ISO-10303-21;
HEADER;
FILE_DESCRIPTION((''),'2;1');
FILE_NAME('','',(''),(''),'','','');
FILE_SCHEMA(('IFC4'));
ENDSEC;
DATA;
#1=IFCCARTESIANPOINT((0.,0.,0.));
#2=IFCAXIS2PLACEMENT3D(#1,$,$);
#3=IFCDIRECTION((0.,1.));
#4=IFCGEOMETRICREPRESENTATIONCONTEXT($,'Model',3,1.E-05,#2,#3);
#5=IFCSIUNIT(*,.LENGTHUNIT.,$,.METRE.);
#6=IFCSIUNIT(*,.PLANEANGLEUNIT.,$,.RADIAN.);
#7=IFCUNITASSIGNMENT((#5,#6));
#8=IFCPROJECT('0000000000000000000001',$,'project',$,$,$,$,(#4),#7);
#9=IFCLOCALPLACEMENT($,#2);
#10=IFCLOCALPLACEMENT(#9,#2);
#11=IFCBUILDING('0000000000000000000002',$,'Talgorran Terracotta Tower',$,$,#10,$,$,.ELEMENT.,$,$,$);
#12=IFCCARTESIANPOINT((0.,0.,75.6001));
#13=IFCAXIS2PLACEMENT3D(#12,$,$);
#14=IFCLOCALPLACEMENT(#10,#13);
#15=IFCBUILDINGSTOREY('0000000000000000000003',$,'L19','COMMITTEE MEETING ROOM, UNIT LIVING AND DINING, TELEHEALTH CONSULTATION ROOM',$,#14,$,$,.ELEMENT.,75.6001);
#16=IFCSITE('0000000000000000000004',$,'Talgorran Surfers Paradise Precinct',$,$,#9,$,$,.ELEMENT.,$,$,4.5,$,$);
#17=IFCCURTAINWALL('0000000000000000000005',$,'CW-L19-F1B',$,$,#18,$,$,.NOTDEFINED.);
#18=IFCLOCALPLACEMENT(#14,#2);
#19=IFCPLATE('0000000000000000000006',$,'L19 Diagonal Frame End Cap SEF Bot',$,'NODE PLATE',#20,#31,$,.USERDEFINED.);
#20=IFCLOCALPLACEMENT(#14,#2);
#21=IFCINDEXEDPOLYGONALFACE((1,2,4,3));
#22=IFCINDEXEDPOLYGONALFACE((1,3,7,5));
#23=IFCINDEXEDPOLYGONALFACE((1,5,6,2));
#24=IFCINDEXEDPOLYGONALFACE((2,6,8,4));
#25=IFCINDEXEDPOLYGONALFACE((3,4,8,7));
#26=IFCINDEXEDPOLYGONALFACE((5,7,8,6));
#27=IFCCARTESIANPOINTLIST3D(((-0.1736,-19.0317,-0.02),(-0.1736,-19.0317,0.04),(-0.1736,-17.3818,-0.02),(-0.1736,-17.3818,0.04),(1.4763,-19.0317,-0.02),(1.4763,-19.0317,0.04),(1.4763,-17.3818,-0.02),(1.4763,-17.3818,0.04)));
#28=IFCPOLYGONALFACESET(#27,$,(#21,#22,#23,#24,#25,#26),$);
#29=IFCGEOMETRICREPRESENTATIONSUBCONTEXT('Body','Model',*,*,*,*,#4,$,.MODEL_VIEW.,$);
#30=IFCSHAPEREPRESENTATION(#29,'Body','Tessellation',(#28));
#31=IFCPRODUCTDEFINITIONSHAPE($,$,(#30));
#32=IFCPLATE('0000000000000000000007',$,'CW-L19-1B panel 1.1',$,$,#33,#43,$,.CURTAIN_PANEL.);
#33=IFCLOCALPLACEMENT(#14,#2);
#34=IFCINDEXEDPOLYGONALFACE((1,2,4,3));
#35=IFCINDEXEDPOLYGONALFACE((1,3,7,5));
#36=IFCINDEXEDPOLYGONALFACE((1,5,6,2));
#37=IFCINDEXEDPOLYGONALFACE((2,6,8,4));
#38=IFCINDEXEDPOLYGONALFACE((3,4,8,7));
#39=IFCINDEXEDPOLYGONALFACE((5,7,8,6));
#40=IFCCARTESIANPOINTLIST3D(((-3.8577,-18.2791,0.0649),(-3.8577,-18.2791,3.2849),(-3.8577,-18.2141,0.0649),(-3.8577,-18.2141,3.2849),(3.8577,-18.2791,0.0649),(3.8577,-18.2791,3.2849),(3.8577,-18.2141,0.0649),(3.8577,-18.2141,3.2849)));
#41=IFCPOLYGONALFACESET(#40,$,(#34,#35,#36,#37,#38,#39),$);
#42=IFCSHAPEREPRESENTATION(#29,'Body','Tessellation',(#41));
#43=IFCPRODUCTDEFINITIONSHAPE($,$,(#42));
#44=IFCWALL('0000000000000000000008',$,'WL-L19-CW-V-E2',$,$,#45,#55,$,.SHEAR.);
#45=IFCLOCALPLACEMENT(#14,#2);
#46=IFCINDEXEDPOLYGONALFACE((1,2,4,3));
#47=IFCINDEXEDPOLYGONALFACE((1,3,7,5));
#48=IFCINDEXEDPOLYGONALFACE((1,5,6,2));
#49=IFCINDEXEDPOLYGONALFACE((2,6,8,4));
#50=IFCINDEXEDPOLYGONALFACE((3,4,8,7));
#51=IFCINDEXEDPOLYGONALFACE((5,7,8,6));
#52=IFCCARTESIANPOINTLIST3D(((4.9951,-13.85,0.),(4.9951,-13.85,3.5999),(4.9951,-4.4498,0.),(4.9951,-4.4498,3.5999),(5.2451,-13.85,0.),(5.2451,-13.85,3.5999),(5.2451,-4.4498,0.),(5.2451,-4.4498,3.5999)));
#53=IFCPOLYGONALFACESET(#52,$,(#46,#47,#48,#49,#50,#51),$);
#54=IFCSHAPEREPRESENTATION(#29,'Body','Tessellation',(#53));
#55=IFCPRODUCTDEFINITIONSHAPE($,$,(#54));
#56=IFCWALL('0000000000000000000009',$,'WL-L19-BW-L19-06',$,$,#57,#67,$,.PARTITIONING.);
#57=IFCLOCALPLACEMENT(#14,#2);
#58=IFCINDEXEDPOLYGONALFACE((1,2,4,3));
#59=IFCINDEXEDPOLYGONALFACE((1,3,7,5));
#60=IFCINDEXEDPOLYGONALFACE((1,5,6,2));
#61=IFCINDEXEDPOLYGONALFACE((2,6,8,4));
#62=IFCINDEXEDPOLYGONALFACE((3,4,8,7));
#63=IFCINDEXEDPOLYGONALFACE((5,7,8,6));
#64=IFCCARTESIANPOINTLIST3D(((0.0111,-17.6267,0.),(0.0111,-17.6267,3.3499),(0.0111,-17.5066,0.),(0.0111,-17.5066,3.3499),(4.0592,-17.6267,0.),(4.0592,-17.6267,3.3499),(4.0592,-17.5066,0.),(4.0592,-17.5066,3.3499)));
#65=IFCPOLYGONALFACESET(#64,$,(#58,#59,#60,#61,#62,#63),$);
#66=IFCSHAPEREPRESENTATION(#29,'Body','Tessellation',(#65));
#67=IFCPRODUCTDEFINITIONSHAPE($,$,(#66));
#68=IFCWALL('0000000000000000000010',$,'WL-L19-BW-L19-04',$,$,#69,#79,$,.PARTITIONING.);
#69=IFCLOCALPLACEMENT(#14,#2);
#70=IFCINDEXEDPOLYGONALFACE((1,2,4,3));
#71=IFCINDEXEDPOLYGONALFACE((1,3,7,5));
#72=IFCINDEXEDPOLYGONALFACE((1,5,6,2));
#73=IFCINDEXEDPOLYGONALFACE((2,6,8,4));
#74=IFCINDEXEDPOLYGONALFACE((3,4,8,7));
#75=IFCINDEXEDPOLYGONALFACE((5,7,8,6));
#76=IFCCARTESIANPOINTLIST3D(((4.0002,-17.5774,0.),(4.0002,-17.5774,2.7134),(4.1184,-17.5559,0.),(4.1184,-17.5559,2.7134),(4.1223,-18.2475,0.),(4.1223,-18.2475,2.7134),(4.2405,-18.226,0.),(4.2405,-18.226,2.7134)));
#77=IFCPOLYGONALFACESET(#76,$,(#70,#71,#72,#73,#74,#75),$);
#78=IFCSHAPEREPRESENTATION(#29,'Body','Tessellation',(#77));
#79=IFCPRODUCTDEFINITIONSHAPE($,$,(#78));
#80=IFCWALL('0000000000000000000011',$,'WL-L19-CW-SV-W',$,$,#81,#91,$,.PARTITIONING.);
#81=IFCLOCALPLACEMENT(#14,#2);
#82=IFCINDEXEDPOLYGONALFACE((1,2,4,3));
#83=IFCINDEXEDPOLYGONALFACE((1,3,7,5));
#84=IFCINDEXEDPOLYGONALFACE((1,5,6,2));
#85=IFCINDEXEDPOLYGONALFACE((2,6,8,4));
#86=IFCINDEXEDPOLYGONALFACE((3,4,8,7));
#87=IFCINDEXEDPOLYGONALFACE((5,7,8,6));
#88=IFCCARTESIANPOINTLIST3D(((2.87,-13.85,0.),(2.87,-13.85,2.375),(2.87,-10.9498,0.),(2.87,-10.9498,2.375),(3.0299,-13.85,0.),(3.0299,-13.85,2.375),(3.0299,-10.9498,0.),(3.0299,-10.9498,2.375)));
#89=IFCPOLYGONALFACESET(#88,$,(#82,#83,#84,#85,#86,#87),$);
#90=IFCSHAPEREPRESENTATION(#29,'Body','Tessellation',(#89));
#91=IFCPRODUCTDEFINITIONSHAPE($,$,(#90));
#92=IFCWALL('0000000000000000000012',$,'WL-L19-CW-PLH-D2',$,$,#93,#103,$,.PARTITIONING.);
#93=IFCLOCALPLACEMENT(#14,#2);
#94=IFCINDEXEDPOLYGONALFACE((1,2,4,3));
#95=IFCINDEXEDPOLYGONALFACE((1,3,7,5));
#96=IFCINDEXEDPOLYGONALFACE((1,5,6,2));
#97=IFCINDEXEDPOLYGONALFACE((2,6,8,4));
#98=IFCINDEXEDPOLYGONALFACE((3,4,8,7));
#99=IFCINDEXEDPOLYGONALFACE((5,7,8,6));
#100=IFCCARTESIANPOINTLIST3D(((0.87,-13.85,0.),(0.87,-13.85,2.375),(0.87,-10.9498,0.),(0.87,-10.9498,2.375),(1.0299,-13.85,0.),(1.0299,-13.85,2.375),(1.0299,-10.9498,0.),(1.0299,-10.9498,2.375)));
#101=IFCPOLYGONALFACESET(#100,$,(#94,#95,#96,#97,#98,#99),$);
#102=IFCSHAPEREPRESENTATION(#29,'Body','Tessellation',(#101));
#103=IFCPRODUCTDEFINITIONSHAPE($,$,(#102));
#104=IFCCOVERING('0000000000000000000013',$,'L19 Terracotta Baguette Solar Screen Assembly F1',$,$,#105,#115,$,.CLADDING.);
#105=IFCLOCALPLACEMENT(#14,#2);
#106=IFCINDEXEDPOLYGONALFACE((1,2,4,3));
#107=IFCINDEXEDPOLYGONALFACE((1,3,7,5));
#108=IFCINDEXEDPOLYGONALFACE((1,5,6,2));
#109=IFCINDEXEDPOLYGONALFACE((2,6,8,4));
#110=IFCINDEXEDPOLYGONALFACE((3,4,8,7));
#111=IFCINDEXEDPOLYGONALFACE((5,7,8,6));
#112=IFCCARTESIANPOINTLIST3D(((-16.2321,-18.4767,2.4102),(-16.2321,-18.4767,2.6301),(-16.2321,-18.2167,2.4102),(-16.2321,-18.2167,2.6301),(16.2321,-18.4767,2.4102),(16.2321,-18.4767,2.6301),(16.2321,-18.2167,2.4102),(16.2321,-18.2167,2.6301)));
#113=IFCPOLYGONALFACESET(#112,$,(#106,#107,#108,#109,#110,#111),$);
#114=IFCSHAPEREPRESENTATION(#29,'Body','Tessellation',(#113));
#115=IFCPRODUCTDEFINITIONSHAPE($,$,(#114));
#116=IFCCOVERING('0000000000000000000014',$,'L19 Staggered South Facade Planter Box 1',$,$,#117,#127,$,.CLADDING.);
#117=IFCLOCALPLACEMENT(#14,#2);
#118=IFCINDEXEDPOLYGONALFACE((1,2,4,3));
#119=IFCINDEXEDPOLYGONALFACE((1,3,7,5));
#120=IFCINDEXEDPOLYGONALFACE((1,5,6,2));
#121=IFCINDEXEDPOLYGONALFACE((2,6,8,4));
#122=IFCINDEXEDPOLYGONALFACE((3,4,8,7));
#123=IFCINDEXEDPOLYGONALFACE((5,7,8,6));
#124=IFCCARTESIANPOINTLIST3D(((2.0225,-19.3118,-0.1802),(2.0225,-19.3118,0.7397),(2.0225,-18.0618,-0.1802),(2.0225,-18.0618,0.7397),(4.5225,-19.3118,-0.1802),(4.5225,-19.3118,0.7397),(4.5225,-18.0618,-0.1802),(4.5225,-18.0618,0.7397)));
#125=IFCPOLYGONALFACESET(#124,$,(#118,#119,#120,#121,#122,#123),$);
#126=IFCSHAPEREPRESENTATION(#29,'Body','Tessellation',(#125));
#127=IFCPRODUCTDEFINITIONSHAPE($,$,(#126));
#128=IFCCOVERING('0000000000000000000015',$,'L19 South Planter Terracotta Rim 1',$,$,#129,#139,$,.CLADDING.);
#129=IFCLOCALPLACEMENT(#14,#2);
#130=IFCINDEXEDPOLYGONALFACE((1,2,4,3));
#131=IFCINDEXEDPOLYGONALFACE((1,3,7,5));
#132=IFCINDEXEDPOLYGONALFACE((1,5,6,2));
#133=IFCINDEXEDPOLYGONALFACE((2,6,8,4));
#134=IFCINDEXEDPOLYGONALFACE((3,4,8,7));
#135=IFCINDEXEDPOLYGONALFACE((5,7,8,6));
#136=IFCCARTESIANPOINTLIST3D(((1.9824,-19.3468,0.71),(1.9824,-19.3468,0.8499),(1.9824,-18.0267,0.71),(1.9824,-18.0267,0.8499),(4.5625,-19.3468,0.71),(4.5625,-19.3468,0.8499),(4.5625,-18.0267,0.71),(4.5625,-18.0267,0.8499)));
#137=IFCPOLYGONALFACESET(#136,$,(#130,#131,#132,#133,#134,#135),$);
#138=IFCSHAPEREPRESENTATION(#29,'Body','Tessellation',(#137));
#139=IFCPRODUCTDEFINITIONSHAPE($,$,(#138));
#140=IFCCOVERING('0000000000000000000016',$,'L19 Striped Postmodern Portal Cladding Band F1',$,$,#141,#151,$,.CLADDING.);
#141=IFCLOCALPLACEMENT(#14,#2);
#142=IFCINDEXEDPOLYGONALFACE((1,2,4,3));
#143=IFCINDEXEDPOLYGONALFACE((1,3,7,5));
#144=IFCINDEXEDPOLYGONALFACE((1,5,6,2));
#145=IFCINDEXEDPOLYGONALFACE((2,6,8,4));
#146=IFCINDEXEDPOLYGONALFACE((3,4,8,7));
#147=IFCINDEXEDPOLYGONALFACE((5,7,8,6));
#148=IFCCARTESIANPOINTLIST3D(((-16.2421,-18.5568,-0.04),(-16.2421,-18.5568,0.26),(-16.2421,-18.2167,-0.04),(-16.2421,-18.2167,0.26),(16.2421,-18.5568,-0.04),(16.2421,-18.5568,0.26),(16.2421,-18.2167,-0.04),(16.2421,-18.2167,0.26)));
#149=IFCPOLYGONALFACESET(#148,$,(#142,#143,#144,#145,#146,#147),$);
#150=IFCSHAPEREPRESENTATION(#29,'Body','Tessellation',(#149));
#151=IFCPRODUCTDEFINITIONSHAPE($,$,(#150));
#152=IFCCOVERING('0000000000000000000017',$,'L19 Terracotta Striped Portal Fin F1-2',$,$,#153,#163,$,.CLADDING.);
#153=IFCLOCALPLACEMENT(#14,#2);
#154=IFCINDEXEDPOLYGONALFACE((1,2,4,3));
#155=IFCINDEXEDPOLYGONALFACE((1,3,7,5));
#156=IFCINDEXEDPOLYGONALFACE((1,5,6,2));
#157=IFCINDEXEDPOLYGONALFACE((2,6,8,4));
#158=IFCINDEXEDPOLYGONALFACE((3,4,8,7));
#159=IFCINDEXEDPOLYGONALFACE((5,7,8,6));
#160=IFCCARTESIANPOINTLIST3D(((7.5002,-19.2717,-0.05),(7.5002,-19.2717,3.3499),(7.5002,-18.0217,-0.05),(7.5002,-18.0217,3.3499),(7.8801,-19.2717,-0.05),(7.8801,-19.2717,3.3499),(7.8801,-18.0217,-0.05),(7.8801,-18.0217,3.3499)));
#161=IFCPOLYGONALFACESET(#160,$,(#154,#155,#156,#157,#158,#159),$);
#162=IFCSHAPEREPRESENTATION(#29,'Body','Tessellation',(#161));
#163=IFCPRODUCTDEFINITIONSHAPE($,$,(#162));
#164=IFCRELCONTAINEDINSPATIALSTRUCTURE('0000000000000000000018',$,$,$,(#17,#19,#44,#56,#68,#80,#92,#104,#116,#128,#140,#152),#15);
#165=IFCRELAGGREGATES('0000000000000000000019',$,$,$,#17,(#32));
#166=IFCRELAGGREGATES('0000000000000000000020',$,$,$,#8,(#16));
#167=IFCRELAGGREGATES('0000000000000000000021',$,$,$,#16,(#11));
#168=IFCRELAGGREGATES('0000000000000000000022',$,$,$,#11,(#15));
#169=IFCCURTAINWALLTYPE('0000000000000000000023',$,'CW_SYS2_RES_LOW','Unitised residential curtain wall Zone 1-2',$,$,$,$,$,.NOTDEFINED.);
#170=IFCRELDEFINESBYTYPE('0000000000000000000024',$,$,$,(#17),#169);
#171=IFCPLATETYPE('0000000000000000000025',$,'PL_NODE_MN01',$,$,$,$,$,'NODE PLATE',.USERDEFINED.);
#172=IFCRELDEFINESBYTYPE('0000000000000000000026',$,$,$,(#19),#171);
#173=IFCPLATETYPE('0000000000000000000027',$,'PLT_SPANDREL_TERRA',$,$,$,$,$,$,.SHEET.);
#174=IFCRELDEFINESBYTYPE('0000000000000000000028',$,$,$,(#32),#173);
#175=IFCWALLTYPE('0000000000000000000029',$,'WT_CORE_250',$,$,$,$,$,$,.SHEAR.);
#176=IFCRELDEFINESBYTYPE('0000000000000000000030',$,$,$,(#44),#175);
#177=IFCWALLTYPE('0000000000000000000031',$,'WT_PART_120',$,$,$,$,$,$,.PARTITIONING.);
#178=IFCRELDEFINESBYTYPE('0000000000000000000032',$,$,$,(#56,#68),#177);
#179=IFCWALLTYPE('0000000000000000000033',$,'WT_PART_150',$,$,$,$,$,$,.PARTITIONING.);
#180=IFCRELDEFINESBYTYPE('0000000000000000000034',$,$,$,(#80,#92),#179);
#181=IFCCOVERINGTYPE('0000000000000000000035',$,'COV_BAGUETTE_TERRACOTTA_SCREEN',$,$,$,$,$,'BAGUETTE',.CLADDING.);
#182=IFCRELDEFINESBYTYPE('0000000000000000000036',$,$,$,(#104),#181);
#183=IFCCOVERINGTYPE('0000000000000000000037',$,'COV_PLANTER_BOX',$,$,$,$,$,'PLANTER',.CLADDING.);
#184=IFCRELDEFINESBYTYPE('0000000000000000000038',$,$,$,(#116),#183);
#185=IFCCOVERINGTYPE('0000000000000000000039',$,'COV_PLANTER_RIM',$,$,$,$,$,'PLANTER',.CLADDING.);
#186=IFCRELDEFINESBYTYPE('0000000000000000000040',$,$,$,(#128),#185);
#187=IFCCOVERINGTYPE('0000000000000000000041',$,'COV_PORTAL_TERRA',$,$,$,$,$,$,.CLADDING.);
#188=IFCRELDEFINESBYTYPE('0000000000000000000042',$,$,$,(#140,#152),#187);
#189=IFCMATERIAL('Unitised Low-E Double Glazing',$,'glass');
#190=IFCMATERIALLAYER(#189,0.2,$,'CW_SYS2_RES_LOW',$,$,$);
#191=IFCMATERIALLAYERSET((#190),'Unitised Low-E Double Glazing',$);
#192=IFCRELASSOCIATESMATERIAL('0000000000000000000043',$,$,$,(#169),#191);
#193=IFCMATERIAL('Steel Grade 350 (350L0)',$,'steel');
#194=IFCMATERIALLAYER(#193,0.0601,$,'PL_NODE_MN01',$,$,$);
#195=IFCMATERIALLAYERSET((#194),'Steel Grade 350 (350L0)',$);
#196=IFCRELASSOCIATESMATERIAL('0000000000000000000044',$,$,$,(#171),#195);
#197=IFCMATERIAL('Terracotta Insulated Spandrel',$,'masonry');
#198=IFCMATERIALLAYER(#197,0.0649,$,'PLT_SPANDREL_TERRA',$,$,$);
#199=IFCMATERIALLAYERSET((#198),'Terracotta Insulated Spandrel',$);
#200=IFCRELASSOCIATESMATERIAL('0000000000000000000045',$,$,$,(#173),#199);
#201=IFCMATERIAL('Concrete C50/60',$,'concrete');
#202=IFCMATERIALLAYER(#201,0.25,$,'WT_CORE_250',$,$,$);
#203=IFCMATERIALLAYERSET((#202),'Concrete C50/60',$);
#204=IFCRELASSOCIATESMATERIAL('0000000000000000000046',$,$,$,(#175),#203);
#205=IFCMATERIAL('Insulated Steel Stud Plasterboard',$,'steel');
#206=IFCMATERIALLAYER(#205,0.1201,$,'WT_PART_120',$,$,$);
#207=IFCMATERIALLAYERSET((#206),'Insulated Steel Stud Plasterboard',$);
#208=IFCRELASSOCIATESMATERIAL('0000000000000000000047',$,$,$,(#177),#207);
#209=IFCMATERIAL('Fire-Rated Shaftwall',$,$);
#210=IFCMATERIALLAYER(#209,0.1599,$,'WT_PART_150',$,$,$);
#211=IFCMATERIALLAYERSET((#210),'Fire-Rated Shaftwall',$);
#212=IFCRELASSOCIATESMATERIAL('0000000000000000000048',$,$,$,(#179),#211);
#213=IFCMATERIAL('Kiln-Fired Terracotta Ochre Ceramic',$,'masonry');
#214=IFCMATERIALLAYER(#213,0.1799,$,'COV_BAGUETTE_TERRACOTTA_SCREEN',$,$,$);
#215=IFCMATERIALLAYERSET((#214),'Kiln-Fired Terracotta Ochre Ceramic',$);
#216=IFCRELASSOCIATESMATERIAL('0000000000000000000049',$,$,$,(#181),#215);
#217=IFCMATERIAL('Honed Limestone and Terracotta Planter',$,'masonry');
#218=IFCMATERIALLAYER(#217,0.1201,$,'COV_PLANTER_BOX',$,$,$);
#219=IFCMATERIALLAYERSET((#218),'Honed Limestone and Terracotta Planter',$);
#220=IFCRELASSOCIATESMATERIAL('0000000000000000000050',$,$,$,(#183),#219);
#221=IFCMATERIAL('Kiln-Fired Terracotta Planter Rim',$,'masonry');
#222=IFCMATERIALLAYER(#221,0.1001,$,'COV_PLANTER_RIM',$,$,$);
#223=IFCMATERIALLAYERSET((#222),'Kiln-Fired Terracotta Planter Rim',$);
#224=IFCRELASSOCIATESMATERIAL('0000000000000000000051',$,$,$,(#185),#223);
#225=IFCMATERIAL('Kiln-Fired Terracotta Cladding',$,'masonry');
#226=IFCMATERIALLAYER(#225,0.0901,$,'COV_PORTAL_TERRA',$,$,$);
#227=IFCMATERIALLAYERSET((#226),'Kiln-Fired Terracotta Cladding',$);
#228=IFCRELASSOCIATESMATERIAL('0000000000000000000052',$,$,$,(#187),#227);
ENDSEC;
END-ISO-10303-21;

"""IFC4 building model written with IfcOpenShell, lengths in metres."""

from ifc_helpers import new_model, si_unit, direction, frame, frame_2d, origin, origin_2d, place, context, subcontext, project, spatial, rectangle, extrude, source, transform, mapped, material, layer, layer_set, type_object, type_shapes, element, aggregate, save


model = new_model("IFC4")

# Units and contexts
model_context = context("Model", 3, precision=1e-05, world=origin(), true_north=direction((0.0, 1.0)))
body_context = subcontext(model_context, "Body", "Model", "MODEL_VIEW")
ifc_project = project(units=[si_unit("LENGTHUNIT", "METRE"), si_unit("PLANEANGLEUNIT", "RADIAN")], contexts=[model_context])

# Site, building, storey
site_placement = place(None, origin())
site = spatial("IfcSite", under=ifc_project, at=site_placement, Name="Talgorran Surfers Paradise Precinct", CompositionType="ELEMENT", RefElevation=4.5)
building_placement = place(site_placement, origin())
building = spatial("IfcBuilding", under=site, at=building_placement, Name="Talgorran Terracotta Tower", CompositionType="ELEMENT")
storey_placement = place(building_placement, frame((0.0, 0.0, 75.6001)))
storey = spatial("IfcBuildingStorey", under=building, at=storey_placement, Name="L19", Description="COMMITTEE MEETING ROOM, UNIT LIVING AND DINING, TELEHEALTH CONSULTATION ROOM", CompositionType="ELEMENT", Elevation=75.6001)

# Shared definitions
ifc_material_1 = material(Name="Steel Grade 350 (350L0)", Category="steel")

# Curtain wall
ifc_material_2 = material(Name="Unitised Low-E Double Glazing", Category="glass")
ifc_layer_1 = layer(ifc_material_2, 0.2, Name="CW_SYS2_RES_LOW")
ifc_layer_set_1 = layer_set([ifc_layer_1], Name="Unitised Low-E Double Glazing")
curtain_wall_type = type_object("IfcCurtainWallType", Name="CW_SYS2_RES_LOW", Description="Unitised residential curtain wall Zone 1-2", PredefinedType="NOTDEFINED", material=ifc_layer_set_1)
curtain_wall_1_placement = place(storey_placement, origin())
curtain_wall_1 = element("IfcCurtainWall", 1, at=curtain_wall_1_placement, inside=storey, type_object=curtain_wall_type, Name="CW-L19-F1B", PredefinedType="NOTDEFINED")

# Plate
ifc_layer_2 = layer(ifc_material_1, 0.0601, Name="PL_NODE_MN01")
ifc_layer_set_2 = layer_set([ifc_layer_2], Name="Steel Grade 350 (350L0)")
plate_type_1 = type_object("IfcPlateType", Name="PL_NODE_MN01", ElementType="NODE PLATE", PredefinedType="USERDEFINED", material=ifc_layer_set_2)
plate_1_placement = place(storey_placement, frame((0.6514, -18.2068, -0.02), z_axis=(0.0, 0.0, 1.0), x_axis=(1.0, 0.0, 0.0)))
element("IfcPlate", 2, at=plate_1_placement, inside=storey, type_object=plate_type_1, Name="L19 Diagonal Frame End Cap SEF Bot", ObjectType="NODE PLATE", PredefinedType="USERDEFINED", context=body_context, shape_type="SweptSolid", body=[
    extrude(rectangle(XDim=1.6499, YDim=1.6499, at=origin_2d()), origin(), (0.0, 0.0, 1.0), 0.0601),
])

# Plate
ifc_material_3 = material(Name="Terracotta Insulated Spandrel", Category="masonry")
ifc_layer_3 = layer(ifc_material_3, 0.0649, Name="PLT_SPANDREL_TERRA")
ifc_layer_set_3 = layer_set([ifc_layer_3], Name="Terracotta Insulated Spandrel")
plate_type_2 = type_object("IfcPlateType", Name="PLT_SPANDREL_TERRA", PredefinedType="SHEET", material=ifc_layer_set_3)
shared_shape = source(origin(), body_context, "Body", "SweptSolid", [
    extrude(rectangle(XDim=7.7153, YDim=0.0649, at=origin_2d()), origin(), (0.0, 0.0, 1.0), 3.22),
])
type_shapes(plate_type_2, [shared_shape])
plate_2_placement = place(storey_placement, frame((0.0, -18.2466, 0.0649), z_axis=(0.0, 0.0, 1.0), x_axis=(1.0, 0.0, 0.0)))
plate_2 = element("IfcPlate", 3, at=plate_2_placement, type_object=plate_type_2, Name="CW-L19-1B panel 1.1", PredefinedType="CURTAIN_PANEL", context=body_context, shape_type="MappedRepresentation", body=[
    mapped(shared_shape, transform((0.0, 0.0, 0.0), scale=1.0)),
])
aggregate(curtain_wall_1, [plate_2])

# Walls
ifc_material_4 = material(Name="Concrete C50/60", Category="concrete")
ifc_layer_4 = layer(ifc_material_4, 0.25, Name="WT_CORE_250")
ifc_layer_set_4 = layer_set([ifc_layer_4], Name="Concrete C50/60")
wall_type_1 = type_object("IfcWallType", Name="WT_CORE_250", PredefinedType="SHEAR", material=ifc_layer_set_4)
wall_1_placement = place(storey_placement, frame((5.1201, -13.8501, 0.0), z_axis=(0.0, 0.0, 1.0), x_axis=(0.0, 1.0, 0.0)))
element("IfcWall", 4, at=wall_1_placement, inside=storey, type_object=wall_type_1, Name="WL-L19-CW-V-E2", PredefinedType="SHEAR", context=body_context, shape_type="SweptSolid", body=[
    extrude(rectangle(XDim=9.4001, YDim=0.25, at=frame_2d((4.7002, 0.0))), origin(), (0.0, 0.0, 1.0), 3.5999),
])
ifc_material_5 = material(Name="Insulated Steel Stud Plasterboard", Category="steel")
ifc_layer_5 = layer(ifc_material_5, 0.1201, Name="WT_PART_120")
ifc_layer_set_5 = layer_set([ifc_layer_5], Name="Insulated Steel Stud Plasterboard")
wall_type_2 = type_object("IfcWallType", Name="WT_PART_120", PredefinedType="PARTITIONING", material=ifc_layer_set_5)
wall_2_placement = place(storey_placement, frame((0.0112, -17.5667, 0.0), z_axis=(0.0, 0.0, 1.0), x_axis=(1.0, 0.0, 0.0)))
element("IfcWall", 5, at=wall_2_placement, inside=storey, type_object=wall_type_2, Name="WL-L19-BW-L19-06", PredefinedType="PARTITIONING", context=body_context, shape_type="SweptSolid", body=[
    extrude(rectangle(XDim=4.0481, YDim=0.1201, at=frame_2d((2.0239, 0.0))), origin(), (0.0, 0.0, 1.0), 3.3499),
])
wall_3_placement = place(storey_placement, frame((4.0593, -17.5667, 0.0), z_axis=(0.0, 0.0, 1.0), x_axis=(0.179201, -0.983813, 0.0)))
element("IfcWall", 6, at=wall_3_placement, inside=storey, type_object=wall_type_2, Name="WL-L19-BW-L19-04", PredefinedType="PARTITIONING", context=body_context, shape_type="SweptSolid", body=[
    extrude(rectangle(XDim=0.6812, YDim=0.1201, at=frame_2d((0.3406, 0.0))), origin(), (0.0, 0.0, 1.0), 2.7134),
])
ifc_material_6 = material(Name="Fire-Rated Shaftwall")
ifc_layer_6 = layer(ifc_material_6, 0.1599, Name="WT_PART_150")
ifc_layer_set_6 = layer_set([ifc_layer_6], Name="Fire-Rated Shaftwall")
wall_type_3 = type_object("IfcWallType", Name="WT_PART_150", PredefinedType="PARTITIONING", material=ifc_layer_set_6)
for number, where, z_axis, x_axis, name in (
    (7, (2.95, -13.8501, 0.0), (0.0, 0.0, 1.0), (0.0, 1.0, 0.0), "WL-L19-CW-SV-W"),
    (8, (0.95, -13.8501, 0.0), (0.0, 0.0, 1.0), (0.0, 1.0, 0.0), "WL-L19-CW-PLH-D2"),
):
    element("IfcWall", number, at=place(storey_placement, frame(where, z_axis=z_axis, x_axis=x_axis)), inside=storey, type_object=wall_type_3, Name=name, PredefinedType="PARTITIONING", context=body_context, shape_type="SweptSolid", body=[
        extrude(rectangle(XDim=2.9001, YDim=0.1599, at=frame_2d((1.4502, 0.0))), origin(), (0.0, 0.0, 1.0), 2.375),
    ])

# Coverings
ifc_material_7 = material(Name="Kiln-Fired Terracotta Ochre Ceramic", Category="masonry")
ifc_layer_7 = layer(ifc_material_7, 0.1799, Name="COV_BAGUETTE_TERRACOTTA_SCREEN")
ifc_layer_set_7 = layer_set([ifc_layer_7], Name="Kiln-Fired Terracotta Ochre Ceramic")
covering_type_1 = type_object("IfcCoveringType", Name="COV_BAGUETTE_TERRACOTTA_SCREEN", ElementType="BAGUETTE", PredefinedType="CLADDING", material=ifc_layer_set_7)
covering_1_placement = place(storey_placement, frame((0.0, -18.3467, 2.4102), z_axis=(0.0, 0.0, 1.0), x_axis=(1.0, 0.0, 0.0)))
element("IfcCovering", 9, at=covering_1_placement, inside=storey, type_object=covering_type_1, Name="L19 Terracotta Baguette Solar Screen Assembly F1", PredefinedType="CLADDING", context=body_context, shape_type="SweptSolid", body=[
    extrude(rectangle(XDim=32.4641, YDim=0.26, at=origin_2d()), origin(), (0.0, 0.0, 1.0), 0.22),
])
ifc_material_8 = material(Name="Honed Limestone and Terracotta Planter", Category="masonry")
ifc_layer_8 = layer(ifc_material_8, 0.1201, Name="COV_PLANTER_BOX")
ifc_layer_set_8 = layer_set([ifc_layer_8], Name="Honed Limestone and Terracotta Planter")
covering_type_2 = type_object("IfcCoveringType", Name="COV_PLANTER_BOX", ElementType="PLANTER", PredefinedType="CLADDING", material=ifc_layer_set_8)
covering_2_placement = place(storey_placement, frame((3.2725, -18.6868, -0.1802), z_axis=(0.0, 0.0, 1.0), x_axis=(1.0, 0.0, 0.0)))
element("IfcCovering", 10, at=covering_2_placement, inside=storey, type_object=covering_type_2, Name="L19 Staggered South Facade Planter Box 1", PredefinedType="CLADDING", context=body_context, shape_type="SweptSolid", body=[
    extrude(rectangle(XDim=2.5, YDim=1.25, at=origin_2d()), origin(), (0.0, 0.0, 1.0), 0.9199),
])
ifc_material_9 = material(Name="Kiln-Fired Terracotta Planter Rim", Category="masonry")
ifc_layer_9 = layer(ifc_material_9, 0.1001, Name="COV_PLANTER_RIM")
ifc_layer_set_9 = layer_set([ifc_layer_9], Name="Kiln-Fired Terracotta Planter Rim")
covering_type_3 = type_object("IfcCoveringType", Name="COV_PLANTER_RIM", ElementType="PLANTER", PredefinedType="CLADDING", material=ifc_layer_set_9)
covering_3_placement = place(storey_placement, frame((3.2725, -18.6868, 0.71), z_axis=(0.0, 0.0, 1.0), x_axis=(1.0, 0.0, 0.0)))
element("IfcCovering", 11, at=covering_3_placement, inside=storey, type_object=covering_type_3, Name="L19 South Planter Terracotta Rim 1", PredefinedType="CLADDING", context=body_context, shape_type="SweptSolid", body=[
    extrude(rectangle(XDim=2.5801, YDim=1.3201, at=origin_2d()), origin(), (0.0, 0.0, 1.0), 0.1399),
])
ifc_material_10 = material(Name="Kiln-Fired Terracotta Cladding", Category="masonry")
ifc_layer_10 = layer(ifc_material_10, 0.0901, Name="COV_PORTAL_TERRA")
ifc_layer_set_10 = layer_set([ifc_layer_10], Name="Kiln-Fired Terracotta Cladding")
covering_type_4 = type_object("IfcCoveringType", Name="COV_PORTAL_TERRA", PredefinedType="CLADDING", material=ifc_layer_set_10)
covering_4_placement = place(storey_placement, frame((0.0, -18.3867, -0.04), z_axis=(0.0, 0.0, 1.0), x_axis=(1.0, 0.0, 0.0)))
element("IfcCovering", 12, at=covering_4_placement, inside=storey, type_object=covering_type_4, Name="L19 Striped Postmodern Portal Cladding Band F1", PredefinedType="CLADDING", context=body_context, shape_type="SweptSolid", body=[
    extrude(rectangle(XDim=32.4841, YDim=0.3401, at=origin_2d()), origin(), (0.0, 0.0, 1.0), 0.3),
])
covering_5_placement = place(storey_placement, frame((7.6902, -18.6467, -0.05), z_axis=(0.0, 0.0, 1.0), x_axis=(1.0, 0.0, 0.0)))
element("IfcCovering", 13, at=covering_5_placement, inside=storey, type_object=covering_type_4, Name="L19 Terracotta Striped Portal Fin F1-2", PredefinedType="CLADDING", context=body_context, shape_type="SweptSolid", body=[
    extrude(rectangle(XDim=0.3799, YDim=1.25, at=origin_2d()), origin(), (0.0, 0.0, 1.0), 3.3999),
])

save(model, "model.ifc")
